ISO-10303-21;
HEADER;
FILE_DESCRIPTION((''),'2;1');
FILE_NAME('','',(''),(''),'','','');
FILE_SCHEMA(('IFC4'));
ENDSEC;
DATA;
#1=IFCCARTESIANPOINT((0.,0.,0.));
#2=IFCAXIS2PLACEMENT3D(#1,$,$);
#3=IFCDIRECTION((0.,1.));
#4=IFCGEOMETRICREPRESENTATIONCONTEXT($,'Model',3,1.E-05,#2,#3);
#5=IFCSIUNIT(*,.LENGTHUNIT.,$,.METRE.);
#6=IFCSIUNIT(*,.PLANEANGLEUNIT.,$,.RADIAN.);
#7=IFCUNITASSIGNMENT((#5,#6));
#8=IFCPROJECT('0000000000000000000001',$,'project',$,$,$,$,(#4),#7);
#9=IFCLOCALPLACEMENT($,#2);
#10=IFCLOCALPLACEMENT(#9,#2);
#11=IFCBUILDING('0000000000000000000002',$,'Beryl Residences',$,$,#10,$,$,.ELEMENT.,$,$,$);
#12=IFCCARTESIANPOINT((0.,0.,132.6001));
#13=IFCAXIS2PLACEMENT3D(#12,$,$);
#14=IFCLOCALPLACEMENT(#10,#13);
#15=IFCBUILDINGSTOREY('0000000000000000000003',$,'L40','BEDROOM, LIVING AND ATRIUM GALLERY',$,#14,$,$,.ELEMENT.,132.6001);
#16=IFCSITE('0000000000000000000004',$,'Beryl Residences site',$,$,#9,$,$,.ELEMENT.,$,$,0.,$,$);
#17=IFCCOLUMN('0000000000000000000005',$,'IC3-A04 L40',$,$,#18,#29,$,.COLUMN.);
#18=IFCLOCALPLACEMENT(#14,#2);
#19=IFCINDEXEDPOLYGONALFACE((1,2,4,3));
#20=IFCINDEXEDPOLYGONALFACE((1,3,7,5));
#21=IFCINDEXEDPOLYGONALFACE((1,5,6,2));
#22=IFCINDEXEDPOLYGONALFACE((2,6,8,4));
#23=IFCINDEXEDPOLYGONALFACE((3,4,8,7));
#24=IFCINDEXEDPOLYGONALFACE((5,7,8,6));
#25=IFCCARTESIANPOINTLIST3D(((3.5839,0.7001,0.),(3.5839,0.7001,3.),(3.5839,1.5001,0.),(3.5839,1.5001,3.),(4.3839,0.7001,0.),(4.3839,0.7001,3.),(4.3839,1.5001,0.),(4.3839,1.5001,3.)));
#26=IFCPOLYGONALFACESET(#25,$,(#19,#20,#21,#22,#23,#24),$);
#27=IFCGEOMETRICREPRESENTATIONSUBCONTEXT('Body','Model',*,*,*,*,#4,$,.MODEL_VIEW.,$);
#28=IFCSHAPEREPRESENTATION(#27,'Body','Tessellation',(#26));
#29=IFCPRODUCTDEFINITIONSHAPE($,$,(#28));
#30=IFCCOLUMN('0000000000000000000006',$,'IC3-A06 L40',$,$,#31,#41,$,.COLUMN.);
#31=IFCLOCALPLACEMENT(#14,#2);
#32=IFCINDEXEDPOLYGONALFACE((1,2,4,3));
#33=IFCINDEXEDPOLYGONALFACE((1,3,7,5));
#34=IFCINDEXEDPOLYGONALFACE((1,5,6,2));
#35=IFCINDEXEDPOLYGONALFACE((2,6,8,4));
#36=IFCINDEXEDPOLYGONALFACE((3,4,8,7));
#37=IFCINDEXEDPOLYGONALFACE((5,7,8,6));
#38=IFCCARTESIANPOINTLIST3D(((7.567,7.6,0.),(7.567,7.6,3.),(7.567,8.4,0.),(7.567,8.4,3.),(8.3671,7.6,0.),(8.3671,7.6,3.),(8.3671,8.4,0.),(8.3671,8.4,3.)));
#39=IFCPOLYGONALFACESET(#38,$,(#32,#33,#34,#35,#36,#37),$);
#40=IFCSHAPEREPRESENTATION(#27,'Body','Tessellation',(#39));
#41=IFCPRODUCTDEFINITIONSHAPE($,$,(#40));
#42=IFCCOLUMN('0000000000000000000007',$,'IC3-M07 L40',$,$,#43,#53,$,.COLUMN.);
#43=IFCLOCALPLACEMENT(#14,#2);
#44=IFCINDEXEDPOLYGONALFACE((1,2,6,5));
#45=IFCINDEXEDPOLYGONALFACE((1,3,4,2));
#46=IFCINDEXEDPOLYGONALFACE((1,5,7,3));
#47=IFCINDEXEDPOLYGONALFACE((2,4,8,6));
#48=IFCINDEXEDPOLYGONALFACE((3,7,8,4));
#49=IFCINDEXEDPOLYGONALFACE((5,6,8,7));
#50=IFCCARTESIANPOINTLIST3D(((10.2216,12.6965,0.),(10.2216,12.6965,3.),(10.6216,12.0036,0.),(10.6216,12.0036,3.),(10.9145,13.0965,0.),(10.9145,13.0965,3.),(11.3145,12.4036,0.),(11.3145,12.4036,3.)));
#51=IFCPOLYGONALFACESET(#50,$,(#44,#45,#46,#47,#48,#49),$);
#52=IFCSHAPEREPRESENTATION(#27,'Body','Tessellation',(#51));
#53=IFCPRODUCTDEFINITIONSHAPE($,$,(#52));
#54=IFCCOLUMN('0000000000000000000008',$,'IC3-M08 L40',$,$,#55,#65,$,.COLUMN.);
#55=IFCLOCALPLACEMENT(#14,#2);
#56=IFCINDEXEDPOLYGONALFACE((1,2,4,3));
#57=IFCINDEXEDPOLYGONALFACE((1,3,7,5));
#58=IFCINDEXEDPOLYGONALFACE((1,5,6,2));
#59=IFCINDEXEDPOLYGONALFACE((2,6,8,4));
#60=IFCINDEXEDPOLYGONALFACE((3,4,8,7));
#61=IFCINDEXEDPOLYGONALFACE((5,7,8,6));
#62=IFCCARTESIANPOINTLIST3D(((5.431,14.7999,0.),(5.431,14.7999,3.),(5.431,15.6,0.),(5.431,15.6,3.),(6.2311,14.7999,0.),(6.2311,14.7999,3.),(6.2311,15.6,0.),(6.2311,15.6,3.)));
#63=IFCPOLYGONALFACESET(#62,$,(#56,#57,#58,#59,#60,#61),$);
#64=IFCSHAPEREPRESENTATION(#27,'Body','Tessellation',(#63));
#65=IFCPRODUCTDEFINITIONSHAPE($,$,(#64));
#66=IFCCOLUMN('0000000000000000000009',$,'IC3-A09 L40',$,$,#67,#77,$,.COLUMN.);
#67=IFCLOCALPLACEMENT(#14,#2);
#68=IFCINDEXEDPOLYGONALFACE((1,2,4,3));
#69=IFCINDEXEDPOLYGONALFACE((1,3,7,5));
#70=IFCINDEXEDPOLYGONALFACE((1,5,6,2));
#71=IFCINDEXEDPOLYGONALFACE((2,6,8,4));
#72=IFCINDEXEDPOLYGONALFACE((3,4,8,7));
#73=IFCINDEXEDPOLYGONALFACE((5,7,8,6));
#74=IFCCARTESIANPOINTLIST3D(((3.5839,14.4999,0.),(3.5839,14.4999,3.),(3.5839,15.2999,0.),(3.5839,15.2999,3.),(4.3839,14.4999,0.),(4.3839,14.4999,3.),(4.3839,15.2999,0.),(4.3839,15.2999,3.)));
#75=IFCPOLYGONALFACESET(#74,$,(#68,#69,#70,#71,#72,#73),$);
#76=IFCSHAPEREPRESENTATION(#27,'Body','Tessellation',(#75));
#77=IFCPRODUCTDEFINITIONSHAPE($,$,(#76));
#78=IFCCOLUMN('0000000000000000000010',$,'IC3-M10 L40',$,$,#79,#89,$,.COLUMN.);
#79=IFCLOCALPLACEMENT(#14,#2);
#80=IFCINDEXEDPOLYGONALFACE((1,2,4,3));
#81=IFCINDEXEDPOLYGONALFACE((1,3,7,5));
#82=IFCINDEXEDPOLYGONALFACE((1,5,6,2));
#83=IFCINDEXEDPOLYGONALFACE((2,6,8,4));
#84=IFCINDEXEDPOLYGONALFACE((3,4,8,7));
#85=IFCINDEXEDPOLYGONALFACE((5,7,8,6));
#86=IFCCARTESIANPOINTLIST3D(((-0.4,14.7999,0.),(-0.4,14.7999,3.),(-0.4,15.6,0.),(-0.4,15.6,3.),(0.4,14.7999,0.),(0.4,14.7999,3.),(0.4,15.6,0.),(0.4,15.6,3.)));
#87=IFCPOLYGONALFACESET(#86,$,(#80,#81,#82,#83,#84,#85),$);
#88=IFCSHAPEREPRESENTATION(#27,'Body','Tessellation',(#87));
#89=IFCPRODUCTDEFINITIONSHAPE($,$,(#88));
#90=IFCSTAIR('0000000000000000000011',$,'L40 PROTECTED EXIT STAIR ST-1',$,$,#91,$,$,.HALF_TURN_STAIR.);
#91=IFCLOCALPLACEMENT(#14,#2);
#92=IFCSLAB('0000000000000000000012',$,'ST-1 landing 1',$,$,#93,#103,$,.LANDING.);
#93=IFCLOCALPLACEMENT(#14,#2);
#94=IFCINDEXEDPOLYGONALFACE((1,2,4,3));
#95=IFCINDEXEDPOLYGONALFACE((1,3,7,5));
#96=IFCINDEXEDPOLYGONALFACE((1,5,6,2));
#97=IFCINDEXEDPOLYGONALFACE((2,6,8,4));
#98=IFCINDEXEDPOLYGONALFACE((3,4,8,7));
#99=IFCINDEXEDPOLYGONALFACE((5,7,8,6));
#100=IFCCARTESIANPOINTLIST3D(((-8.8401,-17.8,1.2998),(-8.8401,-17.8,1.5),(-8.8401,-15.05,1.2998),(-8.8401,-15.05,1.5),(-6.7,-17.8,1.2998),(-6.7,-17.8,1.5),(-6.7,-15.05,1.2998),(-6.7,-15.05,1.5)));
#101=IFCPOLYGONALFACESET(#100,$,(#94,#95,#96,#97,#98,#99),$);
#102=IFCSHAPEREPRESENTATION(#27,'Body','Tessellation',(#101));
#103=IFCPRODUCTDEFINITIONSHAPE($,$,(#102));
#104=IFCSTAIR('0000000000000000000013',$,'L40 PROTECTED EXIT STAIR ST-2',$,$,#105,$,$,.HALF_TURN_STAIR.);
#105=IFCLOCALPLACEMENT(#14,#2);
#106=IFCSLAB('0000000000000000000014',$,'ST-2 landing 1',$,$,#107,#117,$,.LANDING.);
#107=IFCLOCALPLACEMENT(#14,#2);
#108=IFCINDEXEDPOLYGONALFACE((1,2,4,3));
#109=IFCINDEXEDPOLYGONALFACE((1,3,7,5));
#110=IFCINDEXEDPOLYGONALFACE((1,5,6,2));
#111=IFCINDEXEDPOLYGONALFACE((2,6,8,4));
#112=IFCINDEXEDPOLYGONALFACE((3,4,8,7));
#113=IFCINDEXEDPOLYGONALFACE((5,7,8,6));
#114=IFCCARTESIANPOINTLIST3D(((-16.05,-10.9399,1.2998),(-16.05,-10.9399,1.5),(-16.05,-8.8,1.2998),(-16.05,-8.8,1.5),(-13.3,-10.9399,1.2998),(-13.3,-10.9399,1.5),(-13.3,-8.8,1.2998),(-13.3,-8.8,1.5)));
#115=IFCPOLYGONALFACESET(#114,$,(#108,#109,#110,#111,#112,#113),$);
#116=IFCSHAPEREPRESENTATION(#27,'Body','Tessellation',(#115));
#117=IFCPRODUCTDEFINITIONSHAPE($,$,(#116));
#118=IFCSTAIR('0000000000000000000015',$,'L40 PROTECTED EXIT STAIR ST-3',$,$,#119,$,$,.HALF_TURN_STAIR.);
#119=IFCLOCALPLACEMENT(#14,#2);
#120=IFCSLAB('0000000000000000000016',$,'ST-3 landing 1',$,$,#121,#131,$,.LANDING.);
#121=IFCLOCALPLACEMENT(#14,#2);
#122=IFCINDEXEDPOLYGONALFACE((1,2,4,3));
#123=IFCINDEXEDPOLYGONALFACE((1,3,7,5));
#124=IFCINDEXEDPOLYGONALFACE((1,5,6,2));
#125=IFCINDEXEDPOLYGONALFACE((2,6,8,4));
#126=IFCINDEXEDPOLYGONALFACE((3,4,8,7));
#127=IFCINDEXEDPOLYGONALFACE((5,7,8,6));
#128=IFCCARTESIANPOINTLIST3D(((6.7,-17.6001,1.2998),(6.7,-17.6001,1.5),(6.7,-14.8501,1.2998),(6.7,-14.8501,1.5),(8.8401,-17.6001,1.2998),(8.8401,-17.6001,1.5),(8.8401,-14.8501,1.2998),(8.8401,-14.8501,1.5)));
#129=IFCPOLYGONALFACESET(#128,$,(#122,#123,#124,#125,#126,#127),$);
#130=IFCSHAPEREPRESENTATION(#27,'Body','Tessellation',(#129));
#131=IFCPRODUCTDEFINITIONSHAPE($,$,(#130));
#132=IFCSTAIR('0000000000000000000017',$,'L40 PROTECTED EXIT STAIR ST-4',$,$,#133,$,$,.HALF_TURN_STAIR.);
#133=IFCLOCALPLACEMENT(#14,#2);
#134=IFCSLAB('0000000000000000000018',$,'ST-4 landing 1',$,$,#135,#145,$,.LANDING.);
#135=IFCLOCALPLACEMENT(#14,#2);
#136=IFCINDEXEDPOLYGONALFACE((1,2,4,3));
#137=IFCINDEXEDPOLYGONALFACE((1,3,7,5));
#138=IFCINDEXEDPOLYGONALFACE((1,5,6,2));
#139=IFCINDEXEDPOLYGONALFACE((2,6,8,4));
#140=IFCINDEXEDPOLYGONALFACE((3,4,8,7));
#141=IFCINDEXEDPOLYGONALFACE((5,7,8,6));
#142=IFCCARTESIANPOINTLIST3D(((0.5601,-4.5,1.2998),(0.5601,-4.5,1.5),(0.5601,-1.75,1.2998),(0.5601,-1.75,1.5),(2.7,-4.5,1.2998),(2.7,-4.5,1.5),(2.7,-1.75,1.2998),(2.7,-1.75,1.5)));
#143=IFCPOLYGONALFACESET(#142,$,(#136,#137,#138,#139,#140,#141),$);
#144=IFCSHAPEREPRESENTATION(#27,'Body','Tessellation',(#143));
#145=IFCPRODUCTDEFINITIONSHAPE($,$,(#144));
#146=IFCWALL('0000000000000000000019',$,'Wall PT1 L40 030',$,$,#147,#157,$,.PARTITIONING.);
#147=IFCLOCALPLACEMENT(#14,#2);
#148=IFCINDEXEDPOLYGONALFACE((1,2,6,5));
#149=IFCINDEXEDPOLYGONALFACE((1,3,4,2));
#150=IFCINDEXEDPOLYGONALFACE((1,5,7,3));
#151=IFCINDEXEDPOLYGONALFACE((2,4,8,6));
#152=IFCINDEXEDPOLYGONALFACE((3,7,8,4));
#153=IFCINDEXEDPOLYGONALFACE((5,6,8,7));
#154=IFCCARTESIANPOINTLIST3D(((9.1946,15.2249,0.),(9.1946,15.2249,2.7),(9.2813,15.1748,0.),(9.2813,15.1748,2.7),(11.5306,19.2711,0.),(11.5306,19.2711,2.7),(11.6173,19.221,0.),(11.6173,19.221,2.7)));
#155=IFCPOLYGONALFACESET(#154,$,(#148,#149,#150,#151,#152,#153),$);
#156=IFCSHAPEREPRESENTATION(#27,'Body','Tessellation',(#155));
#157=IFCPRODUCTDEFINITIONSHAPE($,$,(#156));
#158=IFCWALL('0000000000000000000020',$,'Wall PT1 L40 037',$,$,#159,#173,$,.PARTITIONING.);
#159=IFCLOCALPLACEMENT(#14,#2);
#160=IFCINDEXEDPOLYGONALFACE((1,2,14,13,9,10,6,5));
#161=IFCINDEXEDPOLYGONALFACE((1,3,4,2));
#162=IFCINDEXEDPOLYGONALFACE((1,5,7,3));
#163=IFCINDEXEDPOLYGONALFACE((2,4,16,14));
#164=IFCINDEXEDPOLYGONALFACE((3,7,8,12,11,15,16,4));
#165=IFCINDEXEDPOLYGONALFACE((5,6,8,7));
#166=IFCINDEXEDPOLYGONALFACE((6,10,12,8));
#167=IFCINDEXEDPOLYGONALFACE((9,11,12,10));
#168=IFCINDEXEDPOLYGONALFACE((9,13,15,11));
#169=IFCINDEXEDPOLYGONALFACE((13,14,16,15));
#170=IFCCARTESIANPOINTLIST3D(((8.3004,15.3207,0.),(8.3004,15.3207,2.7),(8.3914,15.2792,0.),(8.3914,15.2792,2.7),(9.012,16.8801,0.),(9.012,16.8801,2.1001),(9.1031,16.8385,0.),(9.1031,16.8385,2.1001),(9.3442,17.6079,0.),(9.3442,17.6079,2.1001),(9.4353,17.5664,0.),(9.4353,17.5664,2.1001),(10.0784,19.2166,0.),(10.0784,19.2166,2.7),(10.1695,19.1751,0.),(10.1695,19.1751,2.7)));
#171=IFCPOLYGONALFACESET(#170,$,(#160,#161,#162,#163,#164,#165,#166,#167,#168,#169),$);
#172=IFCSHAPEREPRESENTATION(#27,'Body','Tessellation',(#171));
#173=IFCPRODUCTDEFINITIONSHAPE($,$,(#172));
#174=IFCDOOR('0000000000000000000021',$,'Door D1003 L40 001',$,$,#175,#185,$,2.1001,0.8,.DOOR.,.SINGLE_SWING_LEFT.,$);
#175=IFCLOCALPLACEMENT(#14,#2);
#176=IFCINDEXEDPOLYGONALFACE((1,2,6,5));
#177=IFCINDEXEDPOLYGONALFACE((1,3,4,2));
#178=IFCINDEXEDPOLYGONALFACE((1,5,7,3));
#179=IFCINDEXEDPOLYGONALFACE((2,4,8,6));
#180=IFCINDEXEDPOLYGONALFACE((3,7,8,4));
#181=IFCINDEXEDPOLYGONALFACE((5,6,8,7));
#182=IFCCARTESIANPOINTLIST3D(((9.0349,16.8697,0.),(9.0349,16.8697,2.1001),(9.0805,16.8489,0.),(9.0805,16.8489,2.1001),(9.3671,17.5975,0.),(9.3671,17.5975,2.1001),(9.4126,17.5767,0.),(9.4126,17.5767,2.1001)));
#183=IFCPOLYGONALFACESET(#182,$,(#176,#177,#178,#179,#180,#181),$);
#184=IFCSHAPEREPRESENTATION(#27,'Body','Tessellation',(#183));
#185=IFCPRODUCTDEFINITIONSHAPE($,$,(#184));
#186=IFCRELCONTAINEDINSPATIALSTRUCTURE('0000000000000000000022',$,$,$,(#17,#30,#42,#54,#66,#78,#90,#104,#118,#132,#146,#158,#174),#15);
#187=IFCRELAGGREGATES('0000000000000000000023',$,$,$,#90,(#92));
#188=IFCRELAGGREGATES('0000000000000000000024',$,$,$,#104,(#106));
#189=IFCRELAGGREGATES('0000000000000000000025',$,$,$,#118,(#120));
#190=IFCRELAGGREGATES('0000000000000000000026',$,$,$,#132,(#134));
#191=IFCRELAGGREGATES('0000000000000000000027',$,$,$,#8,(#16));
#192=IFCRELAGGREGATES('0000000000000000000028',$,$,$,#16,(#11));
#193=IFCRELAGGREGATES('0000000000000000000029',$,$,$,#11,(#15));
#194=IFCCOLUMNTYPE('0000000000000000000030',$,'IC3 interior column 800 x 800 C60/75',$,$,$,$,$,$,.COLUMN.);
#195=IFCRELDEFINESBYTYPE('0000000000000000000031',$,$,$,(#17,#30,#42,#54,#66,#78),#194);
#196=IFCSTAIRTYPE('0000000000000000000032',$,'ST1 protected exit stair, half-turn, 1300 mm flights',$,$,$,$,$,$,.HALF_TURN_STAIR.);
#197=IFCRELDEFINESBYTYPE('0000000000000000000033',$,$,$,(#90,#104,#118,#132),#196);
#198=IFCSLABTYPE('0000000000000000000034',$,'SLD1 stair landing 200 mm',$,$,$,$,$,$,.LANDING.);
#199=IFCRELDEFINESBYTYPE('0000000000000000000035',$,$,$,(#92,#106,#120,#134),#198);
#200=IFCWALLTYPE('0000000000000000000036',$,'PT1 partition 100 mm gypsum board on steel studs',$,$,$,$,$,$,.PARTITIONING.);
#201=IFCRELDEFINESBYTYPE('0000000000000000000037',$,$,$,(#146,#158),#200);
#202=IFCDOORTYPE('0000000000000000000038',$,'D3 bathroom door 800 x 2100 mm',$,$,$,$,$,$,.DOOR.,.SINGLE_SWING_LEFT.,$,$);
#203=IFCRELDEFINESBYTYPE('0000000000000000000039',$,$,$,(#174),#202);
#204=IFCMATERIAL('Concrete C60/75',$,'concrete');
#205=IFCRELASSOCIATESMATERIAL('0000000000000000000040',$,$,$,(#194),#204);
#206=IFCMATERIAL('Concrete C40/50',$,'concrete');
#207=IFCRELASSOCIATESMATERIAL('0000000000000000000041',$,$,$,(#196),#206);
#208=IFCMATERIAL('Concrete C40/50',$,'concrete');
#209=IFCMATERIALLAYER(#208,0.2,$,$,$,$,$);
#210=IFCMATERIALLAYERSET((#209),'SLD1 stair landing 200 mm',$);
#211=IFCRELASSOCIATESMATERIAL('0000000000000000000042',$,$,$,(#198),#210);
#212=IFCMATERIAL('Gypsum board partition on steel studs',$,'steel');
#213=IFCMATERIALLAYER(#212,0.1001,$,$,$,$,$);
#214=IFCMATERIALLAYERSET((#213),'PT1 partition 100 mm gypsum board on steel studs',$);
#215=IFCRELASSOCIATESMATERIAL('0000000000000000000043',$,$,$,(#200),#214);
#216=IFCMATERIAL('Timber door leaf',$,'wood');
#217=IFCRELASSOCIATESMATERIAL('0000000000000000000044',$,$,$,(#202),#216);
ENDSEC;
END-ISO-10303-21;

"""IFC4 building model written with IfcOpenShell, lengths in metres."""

from ifc_helpers import new_model, si_unit, direction, frame, frame_2d, origin, origin_2d, place, context, subcontext, project, spatial, polyline, rectangle, outline, extrude, material, layer, layer_set, material_profile, profile_set, type_object, element, fill, aggregate, save


model = new_model("IFC4")

# Units and contexts
model_context = context("Model", 3, precision=1e-05, world=origin(), true_north=direction((0.0, 1.0)))
body_context = subcontext(model_context, "Body", "Model", "MODEL_VIEW")
ifc_project = project(units=[si_unit("LENGTHUNIT", "METRE"), si_unit("PLANEANGLEUNIT", "RADIAN")], contexts=[model_context])

# Site, building, storey
site_placement = place(None, origin())
site = spatial("IfcSite", under=ifc_project, at=site_placement, Name="Beryl Residences site", CompositionType="ELEMENT", RefElevation=0.0)
building_placement = place(site_placement, origin())
building = spatial("IfcBuilding", under=site, at=building_placement, Name="Beryl Residences", CompositionType="ELEMENT")
storey_placement = place(building_placement, frame((0.0, 0.0, 132.6001)))
storey = spatial("IfcBuildingStorey", under=building, at=storey_placement, Name="L40", Description="BEDROOM, LIVING AND ATRIUM GALLERY", CompositionType="ELEMENT", Elevation=132.6001)

# Columns
ifc_material_1 = material(Name="Concrete C60/75", Category="concrete")
ifc_material_profile = material_profile(ifc_material_1, rectangle(XDim=0.8, YDim=0.8, at=origin_2d()))
ifc_profile_set = profile_set([ifc_material_profile], Name="Concrete C60/75")
column_type = type_object("IfcColumnType", Name="IC3 interior column 800 x 800 C60/75", PredefinedType="COLUMN", material=ifc_profile_set)
for number, where, z_axis, x_axis, name in (
    (1, (3.9839, 1.1001, 0.0), (0.0, 0.0, 1.0), (1.0, 0.0, 0.0), "IC3-A04 L40"),
    (2, (7.967, 8.0, 0.0), (0.0, 0.0, 1.0), (1.0, 0.0, 0.0), "IC3-A06 L40"),
    (3, (10.7681, 12.55, 0.0), (0.0, 0.0, 1.0), (-0.5, 0.866025, 0.0), "IC3-M07 L40"),
    (4, (5.8311, 15.2, 0.0), (0.0, 0.0, 1.0), (-1.0, 0.0, 0.0), "IC3-M08 L40"),
    (5, (3.9839, 14.8999, 0.0), (0.0, 0.0, 1.0), (1.0, 0.0, 0.0), "IC3-A09 L40"),
    (6, (0.0, 15.2, 0.0), (0.0, 0.0, 1.0), (-1.0, 0.0, 0.0), "IC3-M10 L40"),
):
    element("IfcColumn", number, at=place(storey_placement, frame(where, z_axis=z_axis, x_axis=x_axis)), inside=storey, type_object=column_type, Name=name, PredefinedType="COLUMN", context=body_context, shape_type="SweptSolid", body=[
        extrude(rectangle(XDim=0.8, YDim=0.8, at=origin_2d()), origin(), (0.0, 0.0, 1.0), 3.0),
    ])

# Stairs, slabs
ifc_material_2 = material(Name="Concrete C40/50", Category="concrete")
stair_type = type_object("IfcStairType", Name="ST1 protected exit stair, half-turn, 1300 mm flights", PredefinedType="HALF_TURN_STAIR", material=ifc_material_2)
stair_1_placement = place(storey_placement, origin())
stair_1 = element("IfcStair", 7, at=stair_1_placement, inside=storey, type_object=stair_type, Name="L40 PROTECTED EXIT STAIR ST-1", PredefinedType="HALF_TURN_STAIR")
ifc_material_3 = material(Name="Concrete C40/50", Category="concrete")
ifc_layer_1 = layer(ifc_material_3, 0.2)
ifc_layer_set_1 = layer_set([ifc_layer_1], Name="SLD1 stair landing 200 mm")
slab_type_1 = type_object("IfcSlabType", Name="SLD1 stair landing 200 mm", PredefinedType="LANDING", material=ifc_layer_set_1)
slab_1_placement = place(storey_placement, frame((0.0, 0.0, 1.2998)))
slab_1 = element("IfcSlab", 8, at=slab_1_placement, type_object=slab_type_1, Name="ST-1 landing 1", PredefinedType="LANDING", context=body_context, shape_type="SweptSolid", body=[
    extrude(outline(polyline([(-8.8401, -17.8), (-6.7, -17.8), (-6.7, -15.05), (-8.8401, -15.05), (-8.8401, -17.8)])), origin(), (0.0, 0.0, 1.0), 0.2002),
])
aggregate(stair_1, [slab_1])
stair_2_placement = place(storey_placement, origin())
stair_2 = element("IfcStair", 9, at=stair_2_placement, inside=storey, type_object=stair_type, Name="L40 PROTECTED EXIT STAIR ST-2", PredefinedType="HALF_TURN_STAIR")
slab_2_placement = place(storey_placement, frame((0.0, 0.0, 1.2998)))
slab_2 = element("IfcSlab", 10, at=slab_2_placement, type_object=slab_type_1, Name="ST-2 landing 1", PredefinedType="LANDING", context=body_context, shape_type="SweptSolid", body=[
    extrude(outline(polyline([(-13.3, -10.9399), (-13.3, -8.8), (-16.05, -8.8), (-16.05, -10.9399), (-13.3, -10.9399)])), origin(), (0.0, 0.0, 1.0), 0.2002),
])
aggregate(stair_2, [slab_2])
stair_3_placement = place(storey_placement, origin())
stair_3 = element("IfcStair", 11, at=stair_3_placement, inside=storey, type_object=stair_type, Name="L40 PROTECTED EXIT STAIR ST-3", PredefinedType="HALF_TURN_STAIR")
slab_3_placement = place(storey_placement, frame((0.0, 0.0, 1.2998)))
slab_3 = element("IfcSlab", 12, at=slab_3_placement, type_object=slab_type_1, Name="ST-3 landing 1", PredefinedType="LANDING", context=body_context, shape_type="SweptSolid", body=[
    extrude(outline(polyline([(8.8401, -14.8501), (6.7, -14.8501), (6.7, -17.6001), (8.8401, -17.6001), (8.8401, -14.8501)])), origin(), (0.0, 0.0, 1.0), 0.2002),
])
aggregate(stair_3, [slab_3])
stair_4_placement = place(storey_placement, origin())
stair_4 = element("IfcStair", 13, at=stair_4_placement, inside=storey, type_object=stair_type, Name="L40 PROTECTED EXIT STAIR ST-4", PredefinedType="HALF_TURN_STAIR")
slab_4_placement = place(storey_placement, frame((0.0, 0.0, 1.2998)))
slab_4 = element("IfcSlab", 14, at=slab_4_placement, type_object=slab_type_1, Name="ST-4 landing 1", PredefinedType="LANDING", context=body_context, shape_type="SweptSolid", body=[
    extrude(outline(polyline([(0.5601, -4.5), (2.7, -4.5), (2.7, -1.75), (0.5601, -1.75), (0.5601, -4.5)])), origin(), (0.0, 0.0, 1.0), 0.2002),
])
aggregate(stair_4, [slab_4])

# Wall
ifc_material_4 = material(Name="Gypsum board partition on steel studs", Category="steel")
ifc_layer_2 = layer(ifc_material_4, 0.1001)
ifc_layer_set_2 = layer_set([ifc_layer_2], Name="PT1 partition 100 mm gypsum board on steel studs")
wall_type_1 = type_object("IfcWallType", Name="PT1 partition 100 mm gypsum board on steel studs", PredefinedType="PARTITIONING", material=ifc_layer_set_2)
wall_1_placement = place(storey_placement, frame((9.238, 15.2, 0.0), z_axis=(0.0, 0.0, 1.0), x_axis=(0.499983, 0.866035, 0.0)))
element("IfcWall", 15, at=wall_1_placement, inside=storey, type_object=wall_type_1, Name="Wall PT1 L40 030", PredefinedType="PARTITIONING", context=body_context, shape_type="SweptSolid", body=[
    extrude(rectangle(XDim=4.6721, YDim=0.1001, at=frame_2d((2.3359, 0.0))), origin(), (0.0, 0.0, 1.0), 2.7),
])

# Wall, opening, door
wall_2_placement = place(storey_placement, frame((8.3459, 15.3, 0.0), z_axis=(0.0, 0.0, 1.0), x_axis=(0.41519, 0.909735, 0.0)))
wall_2 = element("IfcWall", 16, at=wall_2_placement, inside=storey, type_object=wall_type_1, Name="Wall PT1 L40 037", PredefinedType="PARTITIONING", context=body_context, shape_type="SweptSolid", body=[
    extrude(rectangle(XDim=4.2825, YDim=0.1001, at=frame_2d((2.1411, 0.0))), origin(), (0.0, 0.0, 1.0), 2.7),
])
opening_1_placement = place(wall_2_placement, frame((1.7141, 0.0, 0.0)))
opening_1 = element("IfcOpeningElement", 17, at=opening_1_placement, cuts=wall_2, PredefinedType="OPENING", context=body_context, shape_type="SweptSolid", body=[
    extrude(rectangle(XDim=0.8, YDim=2.1001, at=frame_2d((0.3999, 1.05))), frame((0.0, 0.0601, 0.0), z_axis=(0.0, -1.0, 0.0), x_axis=(1.0, 0.0, 0.0)), (0.0, 0.0, 1.0), 0.1201),
])
ifc_material_5 = material(Name="Timber door leaf", Category="wood")
door_type_1 = type_object("IfcDoorType", Name="D3 bathroom door 800 x 2100 mm", OperationType="SINGLE_SWING_LEFT", PredefinedType="DOOR", material=ifc_material_5)
door_1_placement = place(opening_1_placement, origin())
door_1 = element("IfcDoor", 18, at=door_1_placement, inside=storey, type_object=door_type_1, Name="Door D1003 L40 001", OperationType="SINGLE_SWING_LEFT", OverallHeight=2.1001, OverallWidth=0.8, PredefinedType="DOOR", context=body_context, shape_type="SweptSolid", body=[
    extrude(rectangle(XDim=0.8, YDim=2.1001, at=frame_2d((0.3999, 1.05))), frame((0.0, 0.0249, 0.0), z_axis=(0.0, -1.0, 0.0), x_axis=(1.0, 0.0, 0.0)), (0.0, 0.0, 1.0), 0.05),
])
fill(opening_1, door_1)

save(model, "model.ifc")
